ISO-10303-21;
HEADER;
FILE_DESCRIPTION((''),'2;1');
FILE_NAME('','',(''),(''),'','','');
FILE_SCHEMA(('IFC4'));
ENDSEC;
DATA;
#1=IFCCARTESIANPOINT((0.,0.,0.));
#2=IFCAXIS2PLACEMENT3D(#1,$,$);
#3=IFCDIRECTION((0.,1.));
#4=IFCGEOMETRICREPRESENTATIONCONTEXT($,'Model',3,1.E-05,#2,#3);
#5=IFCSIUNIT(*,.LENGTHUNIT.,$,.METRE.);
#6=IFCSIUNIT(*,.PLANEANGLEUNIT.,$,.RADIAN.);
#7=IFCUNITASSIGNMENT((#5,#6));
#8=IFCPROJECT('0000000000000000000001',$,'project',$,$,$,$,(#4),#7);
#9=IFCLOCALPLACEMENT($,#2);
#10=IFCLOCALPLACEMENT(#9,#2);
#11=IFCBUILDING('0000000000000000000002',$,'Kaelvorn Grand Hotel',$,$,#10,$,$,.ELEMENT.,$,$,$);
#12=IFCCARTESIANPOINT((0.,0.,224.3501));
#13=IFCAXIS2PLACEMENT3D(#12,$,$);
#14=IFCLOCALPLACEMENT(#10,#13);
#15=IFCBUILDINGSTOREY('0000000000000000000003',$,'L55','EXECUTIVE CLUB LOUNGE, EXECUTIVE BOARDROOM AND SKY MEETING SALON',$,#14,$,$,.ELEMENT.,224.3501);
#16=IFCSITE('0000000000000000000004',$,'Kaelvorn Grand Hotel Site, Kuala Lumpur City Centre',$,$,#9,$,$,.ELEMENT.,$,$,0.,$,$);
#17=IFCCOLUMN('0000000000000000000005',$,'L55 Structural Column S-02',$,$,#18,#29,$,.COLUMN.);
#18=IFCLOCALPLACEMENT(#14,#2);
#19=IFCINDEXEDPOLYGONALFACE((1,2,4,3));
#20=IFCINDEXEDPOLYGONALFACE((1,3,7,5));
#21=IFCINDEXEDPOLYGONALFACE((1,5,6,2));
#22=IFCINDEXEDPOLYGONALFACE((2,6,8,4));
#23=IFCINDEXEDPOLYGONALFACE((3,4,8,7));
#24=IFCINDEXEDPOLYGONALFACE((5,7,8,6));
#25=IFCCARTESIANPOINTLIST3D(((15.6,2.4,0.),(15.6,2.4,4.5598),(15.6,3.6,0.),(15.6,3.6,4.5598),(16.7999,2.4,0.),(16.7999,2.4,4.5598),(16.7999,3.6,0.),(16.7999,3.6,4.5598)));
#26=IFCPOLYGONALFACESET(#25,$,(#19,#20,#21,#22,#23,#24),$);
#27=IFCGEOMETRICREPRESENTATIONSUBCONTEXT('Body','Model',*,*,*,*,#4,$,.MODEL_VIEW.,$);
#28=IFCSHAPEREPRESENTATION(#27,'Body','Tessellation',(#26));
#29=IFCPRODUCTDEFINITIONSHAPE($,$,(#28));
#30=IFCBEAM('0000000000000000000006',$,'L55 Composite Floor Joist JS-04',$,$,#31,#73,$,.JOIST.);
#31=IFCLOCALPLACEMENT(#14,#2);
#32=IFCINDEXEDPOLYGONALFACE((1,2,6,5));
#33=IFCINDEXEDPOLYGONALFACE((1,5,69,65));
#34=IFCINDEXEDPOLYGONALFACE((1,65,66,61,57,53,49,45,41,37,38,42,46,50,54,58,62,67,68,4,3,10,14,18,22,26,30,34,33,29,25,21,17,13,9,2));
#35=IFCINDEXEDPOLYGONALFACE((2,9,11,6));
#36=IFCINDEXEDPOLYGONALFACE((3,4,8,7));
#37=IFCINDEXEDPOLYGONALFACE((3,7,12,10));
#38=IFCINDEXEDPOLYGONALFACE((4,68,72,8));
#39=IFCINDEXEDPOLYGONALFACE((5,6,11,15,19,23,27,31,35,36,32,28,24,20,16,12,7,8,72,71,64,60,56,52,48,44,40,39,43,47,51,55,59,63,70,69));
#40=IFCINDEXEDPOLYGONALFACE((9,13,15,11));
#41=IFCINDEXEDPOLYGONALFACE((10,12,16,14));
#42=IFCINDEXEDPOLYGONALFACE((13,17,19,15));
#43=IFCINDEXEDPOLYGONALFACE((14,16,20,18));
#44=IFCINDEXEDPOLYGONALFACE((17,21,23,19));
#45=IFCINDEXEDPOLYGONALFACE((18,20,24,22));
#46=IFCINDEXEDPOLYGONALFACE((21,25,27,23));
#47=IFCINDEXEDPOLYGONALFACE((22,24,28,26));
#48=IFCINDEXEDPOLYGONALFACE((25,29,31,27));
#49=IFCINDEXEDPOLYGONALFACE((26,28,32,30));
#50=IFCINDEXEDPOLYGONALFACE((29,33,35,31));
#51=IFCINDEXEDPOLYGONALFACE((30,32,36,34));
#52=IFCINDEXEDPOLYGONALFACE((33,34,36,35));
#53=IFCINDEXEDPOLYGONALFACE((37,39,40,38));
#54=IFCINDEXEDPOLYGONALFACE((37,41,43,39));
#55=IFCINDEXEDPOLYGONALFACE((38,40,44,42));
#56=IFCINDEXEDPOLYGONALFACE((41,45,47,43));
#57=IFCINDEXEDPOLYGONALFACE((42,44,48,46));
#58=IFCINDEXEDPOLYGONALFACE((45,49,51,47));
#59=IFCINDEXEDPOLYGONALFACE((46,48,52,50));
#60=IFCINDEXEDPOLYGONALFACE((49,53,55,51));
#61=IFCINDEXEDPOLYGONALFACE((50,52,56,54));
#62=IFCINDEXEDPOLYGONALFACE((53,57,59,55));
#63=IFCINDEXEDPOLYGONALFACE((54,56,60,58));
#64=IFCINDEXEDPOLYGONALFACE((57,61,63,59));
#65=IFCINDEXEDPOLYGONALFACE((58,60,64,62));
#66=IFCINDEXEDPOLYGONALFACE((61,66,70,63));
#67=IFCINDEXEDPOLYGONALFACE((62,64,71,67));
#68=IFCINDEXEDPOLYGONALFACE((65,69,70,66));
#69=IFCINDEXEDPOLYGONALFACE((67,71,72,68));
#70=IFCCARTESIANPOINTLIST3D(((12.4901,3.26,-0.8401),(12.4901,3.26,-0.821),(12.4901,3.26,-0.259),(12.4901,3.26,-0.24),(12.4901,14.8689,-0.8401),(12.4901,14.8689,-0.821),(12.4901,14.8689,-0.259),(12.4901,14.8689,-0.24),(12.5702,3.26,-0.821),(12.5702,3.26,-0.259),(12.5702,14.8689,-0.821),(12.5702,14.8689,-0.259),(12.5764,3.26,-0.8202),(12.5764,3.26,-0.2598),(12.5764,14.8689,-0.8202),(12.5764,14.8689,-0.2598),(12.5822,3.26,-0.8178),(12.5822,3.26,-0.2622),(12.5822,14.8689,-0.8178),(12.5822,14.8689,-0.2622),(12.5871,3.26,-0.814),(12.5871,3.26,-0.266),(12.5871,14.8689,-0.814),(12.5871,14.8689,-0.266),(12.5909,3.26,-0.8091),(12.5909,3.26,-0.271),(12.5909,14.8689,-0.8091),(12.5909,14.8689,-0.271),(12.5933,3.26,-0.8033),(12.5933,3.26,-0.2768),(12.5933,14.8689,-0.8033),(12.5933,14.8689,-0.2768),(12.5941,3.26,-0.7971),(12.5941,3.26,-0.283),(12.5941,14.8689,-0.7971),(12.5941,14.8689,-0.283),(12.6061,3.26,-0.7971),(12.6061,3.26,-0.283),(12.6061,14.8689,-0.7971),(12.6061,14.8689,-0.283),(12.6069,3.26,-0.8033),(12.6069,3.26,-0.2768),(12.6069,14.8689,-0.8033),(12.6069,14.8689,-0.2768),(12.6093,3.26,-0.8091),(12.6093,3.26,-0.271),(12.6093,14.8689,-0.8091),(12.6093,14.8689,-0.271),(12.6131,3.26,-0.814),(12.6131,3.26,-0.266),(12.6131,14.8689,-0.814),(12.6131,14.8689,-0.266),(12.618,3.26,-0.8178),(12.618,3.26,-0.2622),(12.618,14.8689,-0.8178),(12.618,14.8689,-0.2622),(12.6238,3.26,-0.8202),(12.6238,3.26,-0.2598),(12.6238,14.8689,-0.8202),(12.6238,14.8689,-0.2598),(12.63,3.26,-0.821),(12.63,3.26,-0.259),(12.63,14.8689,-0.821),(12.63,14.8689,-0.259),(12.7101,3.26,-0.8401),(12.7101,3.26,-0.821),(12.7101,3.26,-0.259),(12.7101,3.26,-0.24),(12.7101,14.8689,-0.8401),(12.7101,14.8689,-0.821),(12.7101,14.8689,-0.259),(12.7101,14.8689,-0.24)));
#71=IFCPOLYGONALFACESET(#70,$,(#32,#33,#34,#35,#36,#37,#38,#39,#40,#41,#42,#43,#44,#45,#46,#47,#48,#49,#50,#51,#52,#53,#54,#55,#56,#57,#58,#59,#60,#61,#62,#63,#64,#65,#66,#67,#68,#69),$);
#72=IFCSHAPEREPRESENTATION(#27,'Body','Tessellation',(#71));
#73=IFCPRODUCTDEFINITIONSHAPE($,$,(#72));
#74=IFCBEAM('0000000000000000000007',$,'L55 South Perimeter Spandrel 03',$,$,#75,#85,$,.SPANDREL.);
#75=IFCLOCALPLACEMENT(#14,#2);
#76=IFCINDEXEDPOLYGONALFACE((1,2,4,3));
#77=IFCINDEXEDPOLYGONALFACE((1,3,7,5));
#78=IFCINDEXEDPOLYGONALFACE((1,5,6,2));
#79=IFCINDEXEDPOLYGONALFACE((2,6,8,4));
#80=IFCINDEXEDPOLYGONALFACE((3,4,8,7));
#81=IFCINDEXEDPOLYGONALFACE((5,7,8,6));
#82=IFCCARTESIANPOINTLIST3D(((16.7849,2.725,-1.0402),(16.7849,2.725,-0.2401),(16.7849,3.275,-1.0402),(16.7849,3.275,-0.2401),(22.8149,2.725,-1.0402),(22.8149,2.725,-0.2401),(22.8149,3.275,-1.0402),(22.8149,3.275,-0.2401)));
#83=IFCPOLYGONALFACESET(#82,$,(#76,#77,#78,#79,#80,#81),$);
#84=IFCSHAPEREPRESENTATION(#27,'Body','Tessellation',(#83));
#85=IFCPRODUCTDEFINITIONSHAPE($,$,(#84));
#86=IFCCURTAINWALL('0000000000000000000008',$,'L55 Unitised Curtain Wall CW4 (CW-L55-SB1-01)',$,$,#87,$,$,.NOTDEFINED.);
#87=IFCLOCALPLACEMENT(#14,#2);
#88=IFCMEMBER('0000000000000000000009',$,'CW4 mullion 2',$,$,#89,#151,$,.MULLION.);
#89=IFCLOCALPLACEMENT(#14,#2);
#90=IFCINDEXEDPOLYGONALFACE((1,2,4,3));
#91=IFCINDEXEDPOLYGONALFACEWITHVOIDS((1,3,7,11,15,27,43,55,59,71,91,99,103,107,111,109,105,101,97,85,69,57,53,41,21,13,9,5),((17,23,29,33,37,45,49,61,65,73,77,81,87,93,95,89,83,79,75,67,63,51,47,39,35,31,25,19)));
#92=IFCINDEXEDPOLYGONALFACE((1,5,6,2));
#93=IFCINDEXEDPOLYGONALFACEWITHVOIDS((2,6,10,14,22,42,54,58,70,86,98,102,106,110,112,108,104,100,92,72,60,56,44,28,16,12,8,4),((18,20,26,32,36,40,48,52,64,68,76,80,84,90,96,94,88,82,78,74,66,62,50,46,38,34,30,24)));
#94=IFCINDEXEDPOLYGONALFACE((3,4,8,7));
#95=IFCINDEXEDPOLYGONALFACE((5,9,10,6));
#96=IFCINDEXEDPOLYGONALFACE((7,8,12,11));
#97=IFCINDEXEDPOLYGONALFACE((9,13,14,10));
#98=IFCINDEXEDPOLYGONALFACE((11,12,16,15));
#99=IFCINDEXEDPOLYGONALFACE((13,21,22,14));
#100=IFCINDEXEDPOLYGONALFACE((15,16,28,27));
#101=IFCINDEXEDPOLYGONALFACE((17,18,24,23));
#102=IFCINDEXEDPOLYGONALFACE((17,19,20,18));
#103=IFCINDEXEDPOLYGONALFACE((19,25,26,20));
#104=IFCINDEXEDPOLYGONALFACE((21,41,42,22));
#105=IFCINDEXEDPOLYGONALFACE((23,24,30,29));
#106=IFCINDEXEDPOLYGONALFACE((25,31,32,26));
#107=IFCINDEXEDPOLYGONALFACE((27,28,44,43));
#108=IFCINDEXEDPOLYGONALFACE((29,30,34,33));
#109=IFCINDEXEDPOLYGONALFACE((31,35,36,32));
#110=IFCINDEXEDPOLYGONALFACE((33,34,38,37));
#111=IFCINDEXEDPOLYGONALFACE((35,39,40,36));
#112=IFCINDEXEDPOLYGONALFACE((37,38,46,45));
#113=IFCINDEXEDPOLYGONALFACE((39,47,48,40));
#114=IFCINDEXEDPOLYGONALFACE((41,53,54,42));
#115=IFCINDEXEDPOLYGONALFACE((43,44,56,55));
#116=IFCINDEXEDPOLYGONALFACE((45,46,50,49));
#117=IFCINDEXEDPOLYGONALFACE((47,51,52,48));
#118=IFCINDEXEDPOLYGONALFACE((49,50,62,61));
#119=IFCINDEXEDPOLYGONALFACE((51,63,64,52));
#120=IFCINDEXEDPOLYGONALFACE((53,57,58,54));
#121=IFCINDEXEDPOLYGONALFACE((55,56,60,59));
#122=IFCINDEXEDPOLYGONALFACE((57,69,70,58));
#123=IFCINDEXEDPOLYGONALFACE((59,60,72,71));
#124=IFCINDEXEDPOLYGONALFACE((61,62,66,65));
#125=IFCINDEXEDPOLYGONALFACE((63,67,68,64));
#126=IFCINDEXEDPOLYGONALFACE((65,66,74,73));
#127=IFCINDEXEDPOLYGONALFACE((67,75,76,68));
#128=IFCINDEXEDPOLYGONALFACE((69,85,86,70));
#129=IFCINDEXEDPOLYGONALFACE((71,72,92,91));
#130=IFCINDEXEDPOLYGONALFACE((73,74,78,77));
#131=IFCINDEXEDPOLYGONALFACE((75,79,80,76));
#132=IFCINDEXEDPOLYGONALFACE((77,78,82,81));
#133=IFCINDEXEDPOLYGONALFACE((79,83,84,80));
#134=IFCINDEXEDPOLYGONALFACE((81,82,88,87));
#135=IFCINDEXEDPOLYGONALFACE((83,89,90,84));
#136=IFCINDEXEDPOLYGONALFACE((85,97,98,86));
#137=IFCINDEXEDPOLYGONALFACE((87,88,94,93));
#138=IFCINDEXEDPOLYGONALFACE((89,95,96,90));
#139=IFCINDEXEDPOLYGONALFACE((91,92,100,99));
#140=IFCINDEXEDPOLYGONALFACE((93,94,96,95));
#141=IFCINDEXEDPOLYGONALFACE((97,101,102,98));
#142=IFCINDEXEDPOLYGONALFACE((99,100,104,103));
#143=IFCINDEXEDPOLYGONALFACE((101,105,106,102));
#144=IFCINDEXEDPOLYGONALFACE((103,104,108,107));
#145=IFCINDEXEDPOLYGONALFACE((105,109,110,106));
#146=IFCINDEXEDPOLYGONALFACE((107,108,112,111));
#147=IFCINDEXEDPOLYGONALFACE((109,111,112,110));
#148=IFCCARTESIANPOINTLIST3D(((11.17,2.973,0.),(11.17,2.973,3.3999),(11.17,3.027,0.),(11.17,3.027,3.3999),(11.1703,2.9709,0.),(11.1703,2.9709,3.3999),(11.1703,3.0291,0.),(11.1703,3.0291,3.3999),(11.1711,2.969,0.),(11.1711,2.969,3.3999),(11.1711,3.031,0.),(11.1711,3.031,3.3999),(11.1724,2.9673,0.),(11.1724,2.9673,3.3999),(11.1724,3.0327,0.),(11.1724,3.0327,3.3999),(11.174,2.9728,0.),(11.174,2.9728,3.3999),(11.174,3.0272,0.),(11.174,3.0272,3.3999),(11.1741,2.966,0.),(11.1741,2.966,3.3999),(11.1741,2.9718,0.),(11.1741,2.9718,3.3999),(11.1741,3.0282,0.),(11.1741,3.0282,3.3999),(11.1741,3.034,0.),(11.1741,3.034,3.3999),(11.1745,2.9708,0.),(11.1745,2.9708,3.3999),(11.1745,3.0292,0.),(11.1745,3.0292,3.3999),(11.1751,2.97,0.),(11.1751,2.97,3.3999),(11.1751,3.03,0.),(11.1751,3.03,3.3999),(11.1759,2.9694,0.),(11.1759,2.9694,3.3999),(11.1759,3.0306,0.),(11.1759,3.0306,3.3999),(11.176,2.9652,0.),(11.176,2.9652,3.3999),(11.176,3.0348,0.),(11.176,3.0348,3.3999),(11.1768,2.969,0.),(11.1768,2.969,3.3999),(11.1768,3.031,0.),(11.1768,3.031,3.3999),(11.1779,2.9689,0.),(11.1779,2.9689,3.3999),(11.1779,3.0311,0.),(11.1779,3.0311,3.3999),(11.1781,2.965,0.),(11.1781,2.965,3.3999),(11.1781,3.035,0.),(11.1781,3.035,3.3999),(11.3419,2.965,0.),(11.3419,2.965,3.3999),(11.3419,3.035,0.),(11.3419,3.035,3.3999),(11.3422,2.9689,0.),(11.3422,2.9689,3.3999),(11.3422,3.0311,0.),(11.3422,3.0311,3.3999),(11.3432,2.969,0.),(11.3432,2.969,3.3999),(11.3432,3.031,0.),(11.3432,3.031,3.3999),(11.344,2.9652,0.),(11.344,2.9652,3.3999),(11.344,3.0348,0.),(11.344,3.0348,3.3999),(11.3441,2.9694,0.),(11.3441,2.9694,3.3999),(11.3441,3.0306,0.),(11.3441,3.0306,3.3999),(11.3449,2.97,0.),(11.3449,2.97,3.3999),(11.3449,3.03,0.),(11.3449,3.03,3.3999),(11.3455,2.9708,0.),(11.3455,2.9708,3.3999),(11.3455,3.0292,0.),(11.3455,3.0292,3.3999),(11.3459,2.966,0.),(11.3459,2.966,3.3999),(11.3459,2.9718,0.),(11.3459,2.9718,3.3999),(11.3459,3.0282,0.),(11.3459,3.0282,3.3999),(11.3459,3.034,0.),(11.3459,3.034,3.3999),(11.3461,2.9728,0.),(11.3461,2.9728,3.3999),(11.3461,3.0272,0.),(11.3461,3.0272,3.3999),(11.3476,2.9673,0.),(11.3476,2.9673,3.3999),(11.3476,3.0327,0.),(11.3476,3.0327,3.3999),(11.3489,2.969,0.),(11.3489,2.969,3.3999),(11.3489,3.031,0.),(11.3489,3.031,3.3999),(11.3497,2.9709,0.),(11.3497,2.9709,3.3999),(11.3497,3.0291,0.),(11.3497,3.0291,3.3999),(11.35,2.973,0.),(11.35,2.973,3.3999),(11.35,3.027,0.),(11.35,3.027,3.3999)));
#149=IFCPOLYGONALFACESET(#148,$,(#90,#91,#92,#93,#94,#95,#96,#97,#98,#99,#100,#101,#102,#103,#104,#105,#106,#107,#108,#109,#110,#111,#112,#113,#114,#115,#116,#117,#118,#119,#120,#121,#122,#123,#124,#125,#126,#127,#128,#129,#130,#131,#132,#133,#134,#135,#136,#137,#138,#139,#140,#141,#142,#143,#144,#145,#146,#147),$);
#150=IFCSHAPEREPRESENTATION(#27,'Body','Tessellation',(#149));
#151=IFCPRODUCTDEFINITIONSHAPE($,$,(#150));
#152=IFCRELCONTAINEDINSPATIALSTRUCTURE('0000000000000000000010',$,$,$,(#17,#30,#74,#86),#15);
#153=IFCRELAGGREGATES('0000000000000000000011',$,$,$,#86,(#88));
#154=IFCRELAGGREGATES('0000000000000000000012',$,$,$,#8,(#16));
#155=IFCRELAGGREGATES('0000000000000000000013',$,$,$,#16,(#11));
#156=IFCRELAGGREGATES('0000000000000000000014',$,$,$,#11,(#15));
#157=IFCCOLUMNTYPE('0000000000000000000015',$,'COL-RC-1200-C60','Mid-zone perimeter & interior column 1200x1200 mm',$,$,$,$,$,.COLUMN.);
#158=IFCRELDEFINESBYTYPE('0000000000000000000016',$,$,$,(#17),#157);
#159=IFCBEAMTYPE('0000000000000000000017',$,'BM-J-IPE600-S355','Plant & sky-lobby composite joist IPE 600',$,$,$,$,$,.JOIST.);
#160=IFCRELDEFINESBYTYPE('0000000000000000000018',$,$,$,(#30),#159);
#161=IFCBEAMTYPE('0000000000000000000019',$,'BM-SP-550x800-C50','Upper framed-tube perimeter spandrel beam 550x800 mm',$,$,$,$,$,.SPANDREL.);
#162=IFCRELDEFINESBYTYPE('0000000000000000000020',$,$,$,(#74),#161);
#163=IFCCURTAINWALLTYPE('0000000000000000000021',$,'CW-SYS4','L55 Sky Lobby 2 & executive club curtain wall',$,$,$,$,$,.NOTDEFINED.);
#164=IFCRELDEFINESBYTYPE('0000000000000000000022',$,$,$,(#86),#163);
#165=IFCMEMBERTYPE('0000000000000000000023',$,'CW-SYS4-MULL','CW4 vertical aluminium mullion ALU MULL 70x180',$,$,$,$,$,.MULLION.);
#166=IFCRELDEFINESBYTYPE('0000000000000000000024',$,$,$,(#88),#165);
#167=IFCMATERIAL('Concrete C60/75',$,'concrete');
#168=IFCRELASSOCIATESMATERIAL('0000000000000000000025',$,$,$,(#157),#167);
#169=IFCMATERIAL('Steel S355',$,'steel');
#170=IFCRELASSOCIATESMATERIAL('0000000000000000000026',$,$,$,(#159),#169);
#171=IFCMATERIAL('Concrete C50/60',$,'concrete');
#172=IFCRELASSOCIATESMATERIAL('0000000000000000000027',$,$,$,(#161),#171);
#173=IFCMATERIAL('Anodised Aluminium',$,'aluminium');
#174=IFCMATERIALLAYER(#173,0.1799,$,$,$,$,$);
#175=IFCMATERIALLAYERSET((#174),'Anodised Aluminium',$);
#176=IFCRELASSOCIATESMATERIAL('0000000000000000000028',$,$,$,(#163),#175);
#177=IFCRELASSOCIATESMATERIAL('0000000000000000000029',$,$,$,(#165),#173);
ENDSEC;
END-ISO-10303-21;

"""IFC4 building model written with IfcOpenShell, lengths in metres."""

from ifc_helpers import new_model, si_unit, direction, frame, origin, origin_2d, place, context, subcontext, project, spatial, rectangle, hollow_rectangle, i_section, extrude, material, layer, layer_set, material_profile, profile_set, type_object, element, aggregate, save


model = new_model("IFC4")

# Units and contexts
model_context = context("Model", 3, precision=1e-05, world=origin(), true_north=direction((0.0, 1.0)))
body_context = subcontext(model_context, "Body", "Model", "MODEL_VIEW")
ifc_project = project(units=[si_unit("LENGTHUNIT", "METRE"), si_unit("PLANEANGLEUNIT", "RADIAN")], contexts=[model_context])

# Site, building, storey
site_placement = place(None, origin())
site = spatial("IfcSite", under=ifc_project, at=site_placement, Name="Kaelvorn Grand Hotel Site, Kuala Lumpur City Centre", CompositionType="ELEMENT", RefElevation=0.0)
building_placement = place(site_placement, origin())
building = spatial("IfcBuilding", under=site, at=building_placement, Name="Kaelvorn Grand Hotel", CompositionType="ELEMENT")
storey_placement = place(building_placement, frame((0.0, 0.0, 224.3501)))
storey = spatial("IfcBuildingStorey", under=building, at=storey_placement, Name="L55", Description="EXECUTIVE CLUB LOUNGE, EXECUTIVE BOARDROOM AND SKY MEETING SALON", CompositionType="ELEMENT", Elevation=224.3501)

# Column
ifc_material_1 = material(Name="Concrete C60/75", Category="concrete")
ifc_material_profile_1 = material_profile(ifc_material_1, rectangle(XDim=1.2, YDim=1.2, at=origin_2d()), Name="RC COL 1200x1200")
ifc_profile_set_1 = profile_set([ifc_material_profile_1], Name="Concrete C60/75")
column_type = type_object("IfcColumnType", Name="COL-RC-1200-C60", Description="Mid-zone perimeter & interior column 1200x1200 mm", PredefinedType="COLUMN", material=ifc_profile_set_1)
column_placement = place(storey_placement, frame((16.2, 3.0, 0.0), z_axis=(0.0, 0.0, 1.0), x_axis=(1.0, 0.0, 0.0)))
element("IfcColumn", 1, at=column_placement, inside=storey, type_object=column_type, Name="L55 Structural Column S-02", PredefinedType="COLUMN", context=body_context, shape_type="SweptSolid", body=[
    extrude(rectangle(XDim=1.2, YDim=1.2, at=origin_2d()), origin(), (0.0, 0.0, 1.0), 4.5598),
])

# Beams
ifc_material_2 = material(Name="Steel S355", Category="steel")
ifc_material_profile_2 = material_profile(ifc_material_2, i_section(OverallWidth=0.22, OverallDepth=0.6001, WebThickness=0.012, FlangeThickness=0.019, FilletRadius=0.0239, at=origin_2d()), Name="IPE 600")
ifc_profile_set_2 = profile_set([ifc_material_profile_2], Name="Steel S355")
beam_type_1 = type_object("IfcBeamType", Name="BM-J-IPE600-S355", Description="Plant & sky-lobby composite joist IPE 600", PredefinedType="JOIST", material=ifc_profile_set_2)
beam_1_placement = place(storey_placement, frame((12.6001, 3.26, -0.54), z_axis=(0.0, 1.0, 0.0), x_axis=(-1.0, 0.0, 0.0)))
element("IfcBeam", 2, at=beam_1_placement, inside=storey, type_object=beam_type_1, Name="L55 Composite Floor Joist JS-04", PredefinedType="JOIST", context=body_context, shape_type="SweptSolid", body=[
    extrude(i_section(OverallWidth=0.22, OverallDepth=0.6001, WebThickness=0.012, FlangeThickness=0.019, FilletRadius=0.0239, at=origin_2d()), origin(), (0.0, 0.0, 1.0), 11.6089),
])
ifc_material_3 = material(Name="Concrete C50/60", Category="concrete")
ifc_material_profile_3 = material_profile(ifc_material_3, rectangle(XDim=0.55, YDim=0.8, at=origin_2d()), Name="RC SPANDREL 550x800")
ifc_profile_set_3 = profile_set([ifc_material_profile_3], Name="Concrete C50/60")
beam_type_2 = type_object("IfcBeamType", Name="BM-SP-550x800-C50", Description="Upper framed-tube perimeter spandrel beam 550x800 mm", PredefinedType="SPANDREL", material=ifc_profile_set_3)
beam_2_placement = place(storey_placement, frame((16.7849, 3.0, -0.6401), z_axis=(1.0, 0.0, 0.0), x_axis=(0.0, 1.0, 0.0)))
element("IfcBeam", 3, at=beam_2_placement, inside=storey, type_object=beam_type_2, Name="L55 South Perimeter Spandrel 03", PredefinedType="SPANDREL", context=body_context, shape_type="SweptSolid", body=[
    extrude(rectangle(XDim=0.55, YDim=0.8, at=origin_2d()), origin(), (0.0, 0.0, 1.0), 6.03),
])

# Curtain wall, member
ifc_material_4 = material(Name="Anodised Aluminium", Category="aluminium")
ifc_layer_1 = layer(ifc_material_4, 0.1799)
ifc_layer_set_1 = layer_set([ifc_layer_1], Name="Anodised Aluminium")
curtain_wall_type = type_object("IfcCurtainWallType", Name="CW-SYS4", Description="L55 Sky Lobby 2 & executive club curtain wall", PredefinedType="NOTDEFINED", material=ifc_layer_set_1)
curtain_wall_placement = place(storey_placement, origin())
curtain_wall = element("IfcCurtainWall", 4, at=curtain_wall_placement, inside=storey, type_object=curtain_wall_type, Name="L55 Unitised Curtain Wall CW4 (CW-L55-SB1-01)", PredefinedType="NOTDEFINED")
ifc_material_profile_4 = material_profile(ifc_material_4, hollow_rectangle(XDim=0.0701, YDim=0.1799, WallThickness=0.0039, InnerFilletRadius=0.0039, OuterFilletRadius=0.0081, at=origin_2d()), Name="ALU MULL 70x180")
ifc_profile_set_4 = profile_set([ifc_material_profile_4], Name="Anodised Aluminium")
member_type_1 = type_object("IfcMemberType", Name="CW-SYS4-MULL", Description="CW4 vertical aluminium mullion ALU MULL 70x180", PredefinedType="MULLION", material=ifc_profile_set_4)
member_1_placement = place(storey_placement, frame((11.26, 3.0, 0.0), z_axis=(0.0, 0.0, 1.0), x_axis=(0.0, 1.0, 0.0)))
member_1 = element("IfcMember", 5, at=member_1_placement, type_object=member_type_1, Name="CW4 mullion 2", PredefinedType="MULLION", context=body_context, shape_type="SweptSolid", body=[
    extrude(hollow_rectangle(XDim=0.0701, YDim=0.1799, WallThickness=0.0039, InnerFilletRadius=0.0039, OuterFilletRadius=0.0081, at=origin_2d()), origin(), (0.0, 0.0, 1.0), 3.3999),
])
aggregate(curtain_wall, [member_1])

save(model, "model.ifc")
